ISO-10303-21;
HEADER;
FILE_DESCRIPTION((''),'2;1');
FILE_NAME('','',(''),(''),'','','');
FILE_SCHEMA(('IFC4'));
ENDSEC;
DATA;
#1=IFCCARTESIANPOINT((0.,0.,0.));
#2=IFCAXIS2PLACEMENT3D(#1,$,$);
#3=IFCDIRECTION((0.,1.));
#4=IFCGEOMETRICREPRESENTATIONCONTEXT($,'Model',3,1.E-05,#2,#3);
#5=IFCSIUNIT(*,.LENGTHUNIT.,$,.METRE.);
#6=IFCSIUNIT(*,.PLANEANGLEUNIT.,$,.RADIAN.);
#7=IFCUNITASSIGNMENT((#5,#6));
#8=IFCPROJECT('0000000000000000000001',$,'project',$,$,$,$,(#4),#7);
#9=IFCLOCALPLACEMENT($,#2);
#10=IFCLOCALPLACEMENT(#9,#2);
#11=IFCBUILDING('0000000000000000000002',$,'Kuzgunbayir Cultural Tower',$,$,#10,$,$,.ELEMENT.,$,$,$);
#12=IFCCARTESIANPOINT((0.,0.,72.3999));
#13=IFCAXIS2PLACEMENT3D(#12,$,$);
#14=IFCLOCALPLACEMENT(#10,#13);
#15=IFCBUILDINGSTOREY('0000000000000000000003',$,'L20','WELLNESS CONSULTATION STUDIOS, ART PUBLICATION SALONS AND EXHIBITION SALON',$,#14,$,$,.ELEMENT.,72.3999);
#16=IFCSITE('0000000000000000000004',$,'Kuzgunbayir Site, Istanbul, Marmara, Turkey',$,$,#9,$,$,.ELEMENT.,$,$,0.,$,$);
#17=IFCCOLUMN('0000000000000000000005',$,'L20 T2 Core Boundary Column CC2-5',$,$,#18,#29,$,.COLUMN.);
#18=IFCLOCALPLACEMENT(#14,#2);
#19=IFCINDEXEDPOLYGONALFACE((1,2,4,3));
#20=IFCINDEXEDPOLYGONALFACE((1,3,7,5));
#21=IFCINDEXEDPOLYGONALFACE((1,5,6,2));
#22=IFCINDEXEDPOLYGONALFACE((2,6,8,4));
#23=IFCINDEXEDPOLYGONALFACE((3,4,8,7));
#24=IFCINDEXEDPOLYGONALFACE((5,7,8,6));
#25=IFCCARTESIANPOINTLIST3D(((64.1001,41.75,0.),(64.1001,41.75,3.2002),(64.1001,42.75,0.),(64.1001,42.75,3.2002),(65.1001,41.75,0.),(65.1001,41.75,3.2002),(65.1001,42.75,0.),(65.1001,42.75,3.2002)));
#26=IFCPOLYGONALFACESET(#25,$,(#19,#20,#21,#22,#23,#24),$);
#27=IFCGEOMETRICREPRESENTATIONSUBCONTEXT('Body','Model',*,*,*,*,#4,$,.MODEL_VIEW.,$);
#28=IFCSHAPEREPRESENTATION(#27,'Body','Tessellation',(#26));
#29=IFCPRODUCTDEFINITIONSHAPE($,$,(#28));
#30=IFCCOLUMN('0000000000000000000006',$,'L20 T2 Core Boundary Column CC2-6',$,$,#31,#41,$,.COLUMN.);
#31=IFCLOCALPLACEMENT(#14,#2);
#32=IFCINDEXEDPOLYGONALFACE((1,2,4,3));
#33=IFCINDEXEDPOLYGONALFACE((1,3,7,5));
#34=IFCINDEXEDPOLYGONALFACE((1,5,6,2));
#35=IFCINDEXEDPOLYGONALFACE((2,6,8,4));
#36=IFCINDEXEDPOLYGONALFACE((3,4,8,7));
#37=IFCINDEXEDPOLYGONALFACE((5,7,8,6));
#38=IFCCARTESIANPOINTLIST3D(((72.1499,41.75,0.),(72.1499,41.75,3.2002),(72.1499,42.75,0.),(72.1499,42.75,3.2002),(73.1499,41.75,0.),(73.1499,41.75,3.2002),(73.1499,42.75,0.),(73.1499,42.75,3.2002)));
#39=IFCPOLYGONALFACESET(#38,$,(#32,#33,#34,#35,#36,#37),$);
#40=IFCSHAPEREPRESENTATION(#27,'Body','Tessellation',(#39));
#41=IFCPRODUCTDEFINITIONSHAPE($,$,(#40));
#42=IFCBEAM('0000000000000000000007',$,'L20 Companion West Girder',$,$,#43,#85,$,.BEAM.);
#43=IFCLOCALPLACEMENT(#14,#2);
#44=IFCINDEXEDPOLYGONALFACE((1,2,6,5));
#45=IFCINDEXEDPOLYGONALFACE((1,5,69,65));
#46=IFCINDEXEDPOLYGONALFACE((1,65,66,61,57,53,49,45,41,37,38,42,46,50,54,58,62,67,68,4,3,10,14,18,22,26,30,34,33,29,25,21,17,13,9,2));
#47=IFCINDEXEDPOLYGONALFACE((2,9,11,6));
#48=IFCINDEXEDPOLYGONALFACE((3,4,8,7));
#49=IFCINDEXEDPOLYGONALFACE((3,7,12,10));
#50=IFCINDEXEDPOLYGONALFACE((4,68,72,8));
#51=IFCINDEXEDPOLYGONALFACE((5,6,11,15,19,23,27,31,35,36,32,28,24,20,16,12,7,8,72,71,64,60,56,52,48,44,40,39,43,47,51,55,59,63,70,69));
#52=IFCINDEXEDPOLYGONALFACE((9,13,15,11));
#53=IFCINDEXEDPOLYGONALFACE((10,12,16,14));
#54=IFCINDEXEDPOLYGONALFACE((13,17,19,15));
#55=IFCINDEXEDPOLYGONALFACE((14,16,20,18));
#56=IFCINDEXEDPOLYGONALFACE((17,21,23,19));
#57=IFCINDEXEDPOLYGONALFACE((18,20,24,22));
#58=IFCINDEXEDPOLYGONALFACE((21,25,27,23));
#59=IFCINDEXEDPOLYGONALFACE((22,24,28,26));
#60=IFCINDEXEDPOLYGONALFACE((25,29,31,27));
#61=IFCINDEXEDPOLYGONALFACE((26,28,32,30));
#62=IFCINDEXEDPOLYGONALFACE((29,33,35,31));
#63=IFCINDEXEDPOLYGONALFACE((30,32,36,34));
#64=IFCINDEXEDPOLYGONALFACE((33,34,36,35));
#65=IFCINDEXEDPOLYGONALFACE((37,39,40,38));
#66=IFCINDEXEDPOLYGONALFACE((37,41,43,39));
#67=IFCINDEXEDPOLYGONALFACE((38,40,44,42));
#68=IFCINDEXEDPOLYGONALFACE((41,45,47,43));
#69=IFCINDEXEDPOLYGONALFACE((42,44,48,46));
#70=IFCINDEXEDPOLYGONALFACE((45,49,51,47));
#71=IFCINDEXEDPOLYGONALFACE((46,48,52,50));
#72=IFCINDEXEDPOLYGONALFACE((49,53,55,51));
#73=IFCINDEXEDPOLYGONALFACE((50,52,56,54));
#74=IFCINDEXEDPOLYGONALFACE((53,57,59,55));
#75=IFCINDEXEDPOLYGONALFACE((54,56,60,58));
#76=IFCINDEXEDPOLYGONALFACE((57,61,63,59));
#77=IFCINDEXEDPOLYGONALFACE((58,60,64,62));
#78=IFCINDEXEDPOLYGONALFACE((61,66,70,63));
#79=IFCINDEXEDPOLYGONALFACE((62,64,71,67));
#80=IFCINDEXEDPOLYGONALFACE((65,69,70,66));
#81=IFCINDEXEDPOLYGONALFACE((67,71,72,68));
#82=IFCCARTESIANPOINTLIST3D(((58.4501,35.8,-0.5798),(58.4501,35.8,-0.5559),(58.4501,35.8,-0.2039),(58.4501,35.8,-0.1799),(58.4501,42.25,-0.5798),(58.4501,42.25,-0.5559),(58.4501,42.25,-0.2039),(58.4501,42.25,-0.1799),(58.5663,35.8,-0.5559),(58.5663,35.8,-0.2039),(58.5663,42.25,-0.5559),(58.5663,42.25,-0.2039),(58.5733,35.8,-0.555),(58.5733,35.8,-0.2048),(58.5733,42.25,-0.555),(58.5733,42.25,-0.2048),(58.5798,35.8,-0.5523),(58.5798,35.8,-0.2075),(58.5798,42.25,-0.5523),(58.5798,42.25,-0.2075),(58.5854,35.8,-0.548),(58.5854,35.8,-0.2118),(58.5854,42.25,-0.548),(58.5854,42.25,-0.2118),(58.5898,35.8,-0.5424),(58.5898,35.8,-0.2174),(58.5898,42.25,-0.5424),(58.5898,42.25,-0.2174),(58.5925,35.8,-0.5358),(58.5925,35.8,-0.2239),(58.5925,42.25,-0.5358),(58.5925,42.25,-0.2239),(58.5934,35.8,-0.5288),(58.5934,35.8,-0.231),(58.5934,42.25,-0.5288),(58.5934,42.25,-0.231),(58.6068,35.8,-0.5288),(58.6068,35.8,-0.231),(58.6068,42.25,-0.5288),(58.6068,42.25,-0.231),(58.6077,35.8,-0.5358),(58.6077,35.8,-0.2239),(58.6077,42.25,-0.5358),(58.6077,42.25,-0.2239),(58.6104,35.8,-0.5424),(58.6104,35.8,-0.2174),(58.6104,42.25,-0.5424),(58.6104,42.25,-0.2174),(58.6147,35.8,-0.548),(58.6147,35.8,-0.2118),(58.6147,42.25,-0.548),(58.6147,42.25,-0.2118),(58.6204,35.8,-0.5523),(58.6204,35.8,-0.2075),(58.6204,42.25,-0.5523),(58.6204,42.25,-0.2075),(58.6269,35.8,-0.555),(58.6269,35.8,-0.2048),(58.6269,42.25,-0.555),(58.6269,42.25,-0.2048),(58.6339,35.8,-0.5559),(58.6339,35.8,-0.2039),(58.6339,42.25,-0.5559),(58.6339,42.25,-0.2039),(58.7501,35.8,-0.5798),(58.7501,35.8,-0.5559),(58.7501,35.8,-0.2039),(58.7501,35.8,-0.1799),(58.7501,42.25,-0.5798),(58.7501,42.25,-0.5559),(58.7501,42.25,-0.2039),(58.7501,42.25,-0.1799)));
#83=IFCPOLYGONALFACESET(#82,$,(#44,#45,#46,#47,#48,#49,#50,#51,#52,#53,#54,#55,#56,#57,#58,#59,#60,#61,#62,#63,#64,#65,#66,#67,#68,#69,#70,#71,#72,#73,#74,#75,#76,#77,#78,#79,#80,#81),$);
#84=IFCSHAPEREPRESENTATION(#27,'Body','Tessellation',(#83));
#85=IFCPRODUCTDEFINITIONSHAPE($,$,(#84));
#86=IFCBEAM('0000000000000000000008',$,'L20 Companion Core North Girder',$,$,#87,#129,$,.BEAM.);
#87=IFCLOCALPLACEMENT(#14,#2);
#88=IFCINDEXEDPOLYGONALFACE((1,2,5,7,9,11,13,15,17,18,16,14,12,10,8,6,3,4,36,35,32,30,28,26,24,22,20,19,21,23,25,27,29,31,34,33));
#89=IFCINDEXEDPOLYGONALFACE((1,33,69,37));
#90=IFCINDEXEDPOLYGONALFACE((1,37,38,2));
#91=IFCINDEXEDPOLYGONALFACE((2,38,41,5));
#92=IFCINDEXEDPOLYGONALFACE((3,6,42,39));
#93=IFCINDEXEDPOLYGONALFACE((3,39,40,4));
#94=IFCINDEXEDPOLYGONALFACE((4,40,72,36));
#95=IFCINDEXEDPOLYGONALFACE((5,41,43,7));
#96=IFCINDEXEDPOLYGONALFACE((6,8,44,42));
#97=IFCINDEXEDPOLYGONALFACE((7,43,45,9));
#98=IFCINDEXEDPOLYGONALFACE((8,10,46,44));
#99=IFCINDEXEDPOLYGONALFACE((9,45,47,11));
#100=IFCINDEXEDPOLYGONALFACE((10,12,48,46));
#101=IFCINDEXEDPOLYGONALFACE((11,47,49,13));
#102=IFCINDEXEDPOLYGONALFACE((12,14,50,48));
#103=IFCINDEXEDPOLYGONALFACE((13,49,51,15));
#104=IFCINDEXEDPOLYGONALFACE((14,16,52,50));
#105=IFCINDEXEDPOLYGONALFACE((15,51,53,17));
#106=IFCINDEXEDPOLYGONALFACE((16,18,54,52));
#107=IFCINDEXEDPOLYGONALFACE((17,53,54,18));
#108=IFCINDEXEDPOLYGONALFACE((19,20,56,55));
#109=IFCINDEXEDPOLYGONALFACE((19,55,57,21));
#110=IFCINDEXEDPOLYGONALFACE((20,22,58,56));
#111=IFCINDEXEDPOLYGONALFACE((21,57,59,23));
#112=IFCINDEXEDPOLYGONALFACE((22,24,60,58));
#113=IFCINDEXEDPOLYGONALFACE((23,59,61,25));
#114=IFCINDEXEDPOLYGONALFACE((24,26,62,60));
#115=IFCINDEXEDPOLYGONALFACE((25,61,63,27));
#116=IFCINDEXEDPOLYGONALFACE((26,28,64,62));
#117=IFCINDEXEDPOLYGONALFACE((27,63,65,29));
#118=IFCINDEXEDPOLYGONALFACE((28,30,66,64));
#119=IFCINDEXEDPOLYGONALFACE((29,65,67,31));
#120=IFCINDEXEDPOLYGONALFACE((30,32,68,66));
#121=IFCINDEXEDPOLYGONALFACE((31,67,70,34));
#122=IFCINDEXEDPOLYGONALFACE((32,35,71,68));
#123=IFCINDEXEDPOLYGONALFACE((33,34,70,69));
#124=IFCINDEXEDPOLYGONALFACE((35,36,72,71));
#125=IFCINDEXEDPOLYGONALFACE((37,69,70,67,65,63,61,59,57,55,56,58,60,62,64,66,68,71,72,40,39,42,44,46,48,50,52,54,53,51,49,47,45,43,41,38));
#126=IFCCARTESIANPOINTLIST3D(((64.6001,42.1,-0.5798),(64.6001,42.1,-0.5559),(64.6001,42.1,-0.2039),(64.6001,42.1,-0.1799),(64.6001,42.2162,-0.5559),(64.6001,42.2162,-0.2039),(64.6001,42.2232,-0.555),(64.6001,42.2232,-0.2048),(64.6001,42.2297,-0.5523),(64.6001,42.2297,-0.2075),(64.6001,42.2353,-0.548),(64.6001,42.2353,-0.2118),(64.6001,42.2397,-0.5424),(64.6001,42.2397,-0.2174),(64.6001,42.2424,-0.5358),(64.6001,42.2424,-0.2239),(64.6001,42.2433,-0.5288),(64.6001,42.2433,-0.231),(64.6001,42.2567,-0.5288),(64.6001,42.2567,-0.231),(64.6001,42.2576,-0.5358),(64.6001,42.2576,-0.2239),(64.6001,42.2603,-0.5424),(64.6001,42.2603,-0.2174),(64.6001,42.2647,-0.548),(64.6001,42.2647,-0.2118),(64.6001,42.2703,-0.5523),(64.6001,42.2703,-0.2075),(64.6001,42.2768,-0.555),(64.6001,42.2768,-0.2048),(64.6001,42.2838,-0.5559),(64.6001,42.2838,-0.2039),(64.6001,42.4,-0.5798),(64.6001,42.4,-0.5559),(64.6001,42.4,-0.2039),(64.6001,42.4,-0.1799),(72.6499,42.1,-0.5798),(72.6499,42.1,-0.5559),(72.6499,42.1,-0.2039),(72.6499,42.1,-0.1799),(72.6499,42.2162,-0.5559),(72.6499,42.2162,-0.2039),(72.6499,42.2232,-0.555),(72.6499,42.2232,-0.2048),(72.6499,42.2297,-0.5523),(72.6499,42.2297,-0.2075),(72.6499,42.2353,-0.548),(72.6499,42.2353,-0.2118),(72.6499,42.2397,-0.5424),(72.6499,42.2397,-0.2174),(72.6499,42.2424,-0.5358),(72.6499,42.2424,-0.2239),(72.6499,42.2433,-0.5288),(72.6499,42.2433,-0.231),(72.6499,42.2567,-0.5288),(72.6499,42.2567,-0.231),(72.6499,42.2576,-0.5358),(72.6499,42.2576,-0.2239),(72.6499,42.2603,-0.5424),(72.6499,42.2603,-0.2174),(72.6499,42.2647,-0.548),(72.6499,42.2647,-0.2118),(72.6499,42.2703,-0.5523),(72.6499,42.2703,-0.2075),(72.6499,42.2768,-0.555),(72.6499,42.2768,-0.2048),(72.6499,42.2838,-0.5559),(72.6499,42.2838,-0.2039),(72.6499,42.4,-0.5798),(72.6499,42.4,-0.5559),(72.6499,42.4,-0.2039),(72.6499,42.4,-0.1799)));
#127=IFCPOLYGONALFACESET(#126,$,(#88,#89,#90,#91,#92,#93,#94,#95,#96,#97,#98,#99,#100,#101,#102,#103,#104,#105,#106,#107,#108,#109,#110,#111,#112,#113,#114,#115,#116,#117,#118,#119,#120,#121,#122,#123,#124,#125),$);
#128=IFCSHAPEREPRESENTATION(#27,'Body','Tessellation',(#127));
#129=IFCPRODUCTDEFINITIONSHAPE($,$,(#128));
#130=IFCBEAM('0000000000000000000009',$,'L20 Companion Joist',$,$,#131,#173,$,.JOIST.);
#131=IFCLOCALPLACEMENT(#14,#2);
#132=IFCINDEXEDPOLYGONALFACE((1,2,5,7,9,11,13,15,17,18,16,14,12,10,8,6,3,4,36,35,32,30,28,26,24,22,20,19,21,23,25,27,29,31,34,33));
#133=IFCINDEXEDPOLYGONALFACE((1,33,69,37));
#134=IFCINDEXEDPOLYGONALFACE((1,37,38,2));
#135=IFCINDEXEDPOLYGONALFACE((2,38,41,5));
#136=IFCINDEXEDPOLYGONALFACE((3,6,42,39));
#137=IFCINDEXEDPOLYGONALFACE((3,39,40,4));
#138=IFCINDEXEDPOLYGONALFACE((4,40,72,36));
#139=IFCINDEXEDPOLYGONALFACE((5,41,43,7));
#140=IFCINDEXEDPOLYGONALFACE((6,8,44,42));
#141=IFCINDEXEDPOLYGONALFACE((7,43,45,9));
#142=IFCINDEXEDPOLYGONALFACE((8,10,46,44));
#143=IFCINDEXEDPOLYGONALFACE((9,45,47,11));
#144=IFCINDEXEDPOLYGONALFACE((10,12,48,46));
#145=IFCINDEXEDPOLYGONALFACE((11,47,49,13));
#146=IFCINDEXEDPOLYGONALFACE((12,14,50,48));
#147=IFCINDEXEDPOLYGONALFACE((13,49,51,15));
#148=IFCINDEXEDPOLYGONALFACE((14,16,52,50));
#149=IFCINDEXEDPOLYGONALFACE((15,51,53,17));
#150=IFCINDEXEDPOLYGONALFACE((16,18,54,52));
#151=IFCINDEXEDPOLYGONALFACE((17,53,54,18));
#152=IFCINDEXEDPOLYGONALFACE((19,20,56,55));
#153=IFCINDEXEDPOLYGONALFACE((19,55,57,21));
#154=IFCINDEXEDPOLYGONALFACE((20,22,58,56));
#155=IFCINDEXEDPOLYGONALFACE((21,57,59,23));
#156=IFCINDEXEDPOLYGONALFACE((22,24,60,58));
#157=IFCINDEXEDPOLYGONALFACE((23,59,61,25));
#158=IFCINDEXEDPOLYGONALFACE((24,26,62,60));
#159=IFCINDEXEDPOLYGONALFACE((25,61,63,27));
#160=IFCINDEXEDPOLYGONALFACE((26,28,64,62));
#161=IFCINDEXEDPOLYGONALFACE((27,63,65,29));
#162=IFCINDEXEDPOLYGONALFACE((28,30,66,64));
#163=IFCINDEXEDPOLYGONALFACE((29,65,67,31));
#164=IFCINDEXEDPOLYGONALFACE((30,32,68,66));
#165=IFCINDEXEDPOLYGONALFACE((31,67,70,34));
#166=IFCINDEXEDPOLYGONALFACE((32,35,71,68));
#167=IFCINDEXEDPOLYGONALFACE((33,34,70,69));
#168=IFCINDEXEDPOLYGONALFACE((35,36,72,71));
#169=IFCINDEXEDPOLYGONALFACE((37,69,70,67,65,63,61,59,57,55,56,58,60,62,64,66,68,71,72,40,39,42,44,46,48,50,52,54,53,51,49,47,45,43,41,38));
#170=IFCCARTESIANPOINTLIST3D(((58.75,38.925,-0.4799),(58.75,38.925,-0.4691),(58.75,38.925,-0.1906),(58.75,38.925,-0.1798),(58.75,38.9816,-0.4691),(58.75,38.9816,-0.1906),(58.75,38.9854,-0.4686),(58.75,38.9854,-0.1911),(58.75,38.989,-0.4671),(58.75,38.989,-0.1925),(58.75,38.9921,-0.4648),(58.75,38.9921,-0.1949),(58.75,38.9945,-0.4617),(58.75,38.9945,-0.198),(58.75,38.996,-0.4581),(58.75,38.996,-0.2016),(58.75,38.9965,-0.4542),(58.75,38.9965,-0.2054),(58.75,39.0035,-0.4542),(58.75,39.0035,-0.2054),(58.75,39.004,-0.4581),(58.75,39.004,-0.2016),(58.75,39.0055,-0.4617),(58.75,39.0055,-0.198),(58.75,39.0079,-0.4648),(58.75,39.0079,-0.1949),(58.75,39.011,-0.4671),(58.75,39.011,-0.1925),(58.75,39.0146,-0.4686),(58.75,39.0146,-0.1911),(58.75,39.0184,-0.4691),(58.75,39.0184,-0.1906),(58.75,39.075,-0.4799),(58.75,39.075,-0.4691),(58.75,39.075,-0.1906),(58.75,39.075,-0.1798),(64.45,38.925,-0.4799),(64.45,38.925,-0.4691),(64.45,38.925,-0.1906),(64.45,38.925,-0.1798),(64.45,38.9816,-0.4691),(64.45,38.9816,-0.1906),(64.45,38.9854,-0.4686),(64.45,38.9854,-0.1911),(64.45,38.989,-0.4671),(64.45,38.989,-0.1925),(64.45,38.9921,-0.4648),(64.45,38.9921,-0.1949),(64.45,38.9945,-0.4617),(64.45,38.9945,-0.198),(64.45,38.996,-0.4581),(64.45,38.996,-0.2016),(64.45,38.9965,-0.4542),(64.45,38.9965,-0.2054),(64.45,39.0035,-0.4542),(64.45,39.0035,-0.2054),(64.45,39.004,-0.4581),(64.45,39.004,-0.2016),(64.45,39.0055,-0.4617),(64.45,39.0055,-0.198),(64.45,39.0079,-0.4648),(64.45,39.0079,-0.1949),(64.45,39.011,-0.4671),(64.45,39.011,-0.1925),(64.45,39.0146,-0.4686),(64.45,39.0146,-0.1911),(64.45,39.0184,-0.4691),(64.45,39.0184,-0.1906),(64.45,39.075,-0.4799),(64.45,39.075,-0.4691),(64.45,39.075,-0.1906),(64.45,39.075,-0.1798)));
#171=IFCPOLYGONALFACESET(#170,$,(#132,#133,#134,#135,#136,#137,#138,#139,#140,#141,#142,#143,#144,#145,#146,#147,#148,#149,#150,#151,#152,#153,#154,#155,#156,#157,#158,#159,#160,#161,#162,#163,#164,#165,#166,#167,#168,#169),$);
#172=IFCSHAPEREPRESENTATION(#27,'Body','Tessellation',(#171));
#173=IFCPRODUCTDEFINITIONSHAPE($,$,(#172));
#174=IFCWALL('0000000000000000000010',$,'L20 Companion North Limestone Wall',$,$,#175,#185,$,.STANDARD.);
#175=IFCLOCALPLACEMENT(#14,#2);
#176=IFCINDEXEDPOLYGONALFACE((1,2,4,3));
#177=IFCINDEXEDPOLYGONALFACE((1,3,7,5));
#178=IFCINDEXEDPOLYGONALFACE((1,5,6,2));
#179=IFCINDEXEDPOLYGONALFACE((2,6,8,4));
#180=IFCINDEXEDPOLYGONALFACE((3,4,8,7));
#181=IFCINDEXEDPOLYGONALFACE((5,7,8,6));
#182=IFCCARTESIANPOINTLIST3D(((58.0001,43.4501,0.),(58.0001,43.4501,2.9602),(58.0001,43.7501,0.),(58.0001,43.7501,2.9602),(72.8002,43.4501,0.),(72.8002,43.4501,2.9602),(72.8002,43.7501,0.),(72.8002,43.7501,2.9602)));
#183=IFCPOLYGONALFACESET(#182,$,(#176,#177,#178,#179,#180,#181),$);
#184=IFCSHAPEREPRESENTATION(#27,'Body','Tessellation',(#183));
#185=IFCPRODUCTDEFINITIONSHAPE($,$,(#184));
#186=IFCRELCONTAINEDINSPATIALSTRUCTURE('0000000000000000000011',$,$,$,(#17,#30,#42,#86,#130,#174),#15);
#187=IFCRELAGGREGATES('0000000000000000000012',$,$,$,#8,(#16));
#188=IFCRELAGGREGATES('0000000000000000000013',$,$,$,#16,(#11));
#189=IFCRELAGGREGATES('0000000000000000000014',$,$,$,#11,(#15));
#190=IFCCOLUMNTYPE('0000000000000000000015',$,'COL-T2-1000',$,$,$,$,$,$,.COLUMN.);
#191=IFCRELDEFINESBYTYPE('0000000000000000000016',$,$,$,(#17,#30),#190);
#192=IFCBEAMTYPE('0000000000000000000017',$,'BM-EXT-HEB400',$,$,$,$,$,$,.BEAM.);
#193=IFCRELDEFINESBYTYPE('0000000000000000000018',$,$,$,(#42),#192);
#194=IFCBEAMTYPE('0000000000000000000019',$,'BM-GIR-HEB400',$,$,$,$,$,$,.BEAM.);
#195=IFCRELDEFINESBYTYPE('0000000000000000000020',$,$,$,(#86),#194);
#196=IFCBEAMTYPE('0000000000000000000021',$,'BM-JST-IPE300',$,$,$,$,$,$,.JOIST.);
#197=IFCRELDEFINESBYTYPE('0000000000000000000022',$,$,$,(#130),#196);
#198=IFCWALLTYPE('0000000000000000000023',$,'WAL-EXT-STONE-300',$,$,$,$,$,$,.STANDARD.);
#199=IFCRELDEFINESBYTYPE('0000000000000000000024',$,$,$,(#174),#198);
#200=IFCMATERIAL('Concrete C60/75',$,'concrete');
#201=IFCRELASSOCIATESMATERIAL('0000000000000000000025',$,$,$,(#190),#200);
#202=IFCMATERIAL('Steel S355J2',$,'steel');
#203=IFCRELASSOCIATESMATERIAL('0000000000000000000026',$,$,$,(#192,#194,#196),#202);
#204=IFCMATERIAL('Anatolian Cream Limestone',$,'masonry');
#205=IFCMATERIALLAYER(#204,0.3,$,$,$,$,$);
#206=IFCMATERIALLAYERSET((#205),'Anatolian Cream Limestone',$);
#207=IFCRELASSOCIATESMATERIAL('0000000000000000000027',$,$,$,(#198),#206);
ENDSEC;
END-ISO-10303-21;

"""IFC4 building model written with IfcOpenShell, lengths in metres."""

from ifc_helpers import new_model, si_unit, direction, frame, frame_2d, origin, origin_2d, place, context, subcontext, project, spatial, rectangle, i_section, extrude, material, layer, layer_set, material_profile, profile_set, type_object, element, save


model = new_model("IFC4")

# Units and contexts
model_context = context("Model", 3, precision=1e-05, world=origin(), true_north=direction((0.0, 1.0)))
body_context = subcontext(model_context, "Body", "Model", "MODEL_VIEW")
ifc_project = project(units=[si_unit("LENGTHUNIT", "METRE"), si_unit("PLANEANGLEUNIT", "RADIAN")], contexts=[model_context])

# Site, building, storey
site_placement = place(None, origin())
site = spatial("IfcSite", under=ifc_project, at=site_placement, Name="Kuzgunbayir Site, Istanbul, Marmara, Turkey", CompositionType="ELEMENT", RefElevation=0.0)
building_placement = place(site_placement, origin())
building = spatial("IfcBuilding", under=site, at=building_placement, Name="Kuzgunbayir Cultural Tower", CompositionType="ELEMENT")
storey_placement = place(building_placement, frame((0.0, 0.0, 72.3999)))
storey = spatial("IfcBuildingStorey", under=building, at=storey_placement, Name="L20", Description="WELLNESS CONSULTATION STUDIOS, ART PUBLICATION SALONS AND EXHIBITION SALON", CompositionType="ELEMENT", Elevation=72.3999)

# Columns
ifc_material_1 = material(Name="Concrete C60/75", Category="concrete")
ifc_material_profile_1 = material_profile(ifc_material_1, rectangle(XDim=1.0, YDim=1.0, at=origin_2d()), Name="RC 1000x1000")
ifc_profile_set_1 = profile_set([ifc_material_profile_1], Name="Concrete C60/75")
column_type = type_object("IfcColumnType", Name="COL-T2-1000", PredefinedType="COLUMN", material=ifc_profile_set_1)
for number, where, z_axis, x_axis, name in (
    (1, (64.6001, 42.25, 0.0), (0.0, 0.0, 1.0), (1.0, 0.0, 0.0), "L20 T2 Core Boundary Column CC2-5"),
    (2, (72.6499, 42.25, 0.0), (0.0, 0.0, 1.0), (1.0, 0.0, 0.0), "L20 T2 Core Boundary Column CC2-6"),
):
    element("IfcColumn", number, at=place(storey_placement, frame(where, z_axis=z_axis, x_axis=x_axis)), inside=storey, type_object=column_type, Name=name, PredefinedType="COLUMN", context=body_context, shape_type="SweptSolid", body=[
        extrude(rectangle(XDim=1.0, YDim=1.0, at=origin_2d()), origin(), (0.0, 0.0, 1.0), 3.2002),
    ])

# Beams
ifc_material_2 = material(Name="Steel S355J2", Category="steel")
ifc_material_profile_2 = material_profile(ifc_material_2, i_section(OverallWidth=0.3, OverallDepth=0.3999, WebThickness=0.0134, FlangeThickness=0.0239, FilletRadius=0.0271, at=origin_2d()), Name="HEB 400")
ifc_profile_set_2 = profile_set([ifc_material_profile_2], Name="Steel S355J2")
beam_type_1 = type_object("IfcBeamType", Name="BM-EXT-HEB400", PredefinedType="BEAM", material=ifc_profile_set_2)
beam_1_placement = place(storey_placement, frame((58.6001, 35.8, -0.3799), z_axis=(0.0, 1.0, 0.0), x_axis=(-1.0, 0.0, 0.0)))
element("IfcBeam", 3, at=beam_1_placement, inside=storey, type_object=beam_type_1, Name="L20 Companion West Girder", PredefinedType="BEAM", context=body_context, shape_type="SweptSolid", body=[
    extrude(i_section(OverallWidth=0.3, OverallDepth=0.3999, WebThickness=0.0134, FlangeThickness=0.0239, FilletRadius=0.0271, at=origin_2d()), origin(), (0.0, 0.0, 1.0), 6.45),
])
ifc_material_profile_3 = material_profile(ifc_material_2, i_section(OverallWidth=0.3, OverallDepth=0.3999, WebThickness=0.0134, FlangeThickness=0.0239, FilletRadius=0.0271, at=origin_2d()), Name="HEB 400")
ifc_profile_set_3 = profile_set([ifc_material_profile_3], Name="Steel S355J2")
beam_type_2 = type_object("IfcBeamType", Name="BM-GIR-HEB400", PredefinedType="BEAM", material=ifc_profile_set_3)
beam_2_placement = place(storey_placement, frame((64.6001, 42.25, -0.3799), z_axis=(1.0, 0.0, 0.0), x_axis=(0.0, 1.0, 0.0)))
element("IfcBeam", 4, at=beam_2_placement, inside=storey, type_object=beam_type_2, Name="L20 Companion Core North Girder", PredefinedType="BEAM", context=body_context, shape_type="SweptSolid", body=[
    extrude(i_section(OverallWidth=0.3, OverallDepth=0.3999, WebThickness=0.0134, FlangeThickness=0.0239, FilletRadius=0.0271, at=origin_2d()), origin(), (0.0, 0.0, 1.0), 8.0498),
])
ifc_material_profile_4 = material_profile(ifc_material_2, i_section(OverallWidth=0.1499, OverallDepth=0.3, WebThickness=0.0071, FlangeThickness=0.0107, FilletRadius=0.0149, at=origin_2d()), Name="IPE 300")
ifc_profile_set_4 = profile_set([ifc_material_profile_4], Name="Steel S355J2")
beam_type_3 = type_object("IfcBeamType", Name="BM-JST-IPE300", PredefinedType="JOIST", material=ifc_profile_set_4)
beam_3_placement = place(storey_placement, frame((58.75, 39.0, -0.3298), z_axis=(1.0, 0.0, 0.0), x_axis=(0.0, 1.0, 0.0)))
element("IfcBeam", 5, at=beam_3_placement, inside=storey, type_object=beam_type_3, Name="L20 Companion Joist", PredefinedType="JOIST", context=body_context, shape_type="SweptSolid", body=[
    extrude(i_section(OverallWidth=0.1499, OverallDepth=0.3, WebThickness=0.0071, FlangeThickness=0.0107, FilletRadius=0.0149, at=origin_2d()), origin(), (0.0, 0.0, 1.0), 5.7),
])

# Wall
ifc_material_3 = material(Name="Anatolian Cream Limestone", Category="masonry")
ifc_layer_1 = layer(ifc_material_3, 0.3)
ifc_layer_set_1 = layer_set([ifc_layer_1], Name="Anatolian Cream Limestone")
wall_type_1 = type_object("IfcWallType", Name="WAL-EXT-STONE-300", PredefinedType="STANDARD", material=ifc_layer_set_1)
wall_1_placement = place(storey_placement, frame((72.8, 43.6001, 0.0), z_axis=(0.0, 0.0, 1.0), x_axis=(-1.0, 0.0, 0.0)))
element("IfcWall", 6, at=wall_1_placement, inside=storey, type_object=wall_type_1, Name="L20 Companion North Limestone Wall", PredefinedType="STANDARD", context=body_context, shape_type="SweptSolid", body=[
    extrude(rectangle(XDim=14.8, YDim=0.3, at=frame_2d((7.3999, 0.0))), origin(), (0.0, 0.0, 1.0), 2.9602),
])

save(model, "model.ifc")
